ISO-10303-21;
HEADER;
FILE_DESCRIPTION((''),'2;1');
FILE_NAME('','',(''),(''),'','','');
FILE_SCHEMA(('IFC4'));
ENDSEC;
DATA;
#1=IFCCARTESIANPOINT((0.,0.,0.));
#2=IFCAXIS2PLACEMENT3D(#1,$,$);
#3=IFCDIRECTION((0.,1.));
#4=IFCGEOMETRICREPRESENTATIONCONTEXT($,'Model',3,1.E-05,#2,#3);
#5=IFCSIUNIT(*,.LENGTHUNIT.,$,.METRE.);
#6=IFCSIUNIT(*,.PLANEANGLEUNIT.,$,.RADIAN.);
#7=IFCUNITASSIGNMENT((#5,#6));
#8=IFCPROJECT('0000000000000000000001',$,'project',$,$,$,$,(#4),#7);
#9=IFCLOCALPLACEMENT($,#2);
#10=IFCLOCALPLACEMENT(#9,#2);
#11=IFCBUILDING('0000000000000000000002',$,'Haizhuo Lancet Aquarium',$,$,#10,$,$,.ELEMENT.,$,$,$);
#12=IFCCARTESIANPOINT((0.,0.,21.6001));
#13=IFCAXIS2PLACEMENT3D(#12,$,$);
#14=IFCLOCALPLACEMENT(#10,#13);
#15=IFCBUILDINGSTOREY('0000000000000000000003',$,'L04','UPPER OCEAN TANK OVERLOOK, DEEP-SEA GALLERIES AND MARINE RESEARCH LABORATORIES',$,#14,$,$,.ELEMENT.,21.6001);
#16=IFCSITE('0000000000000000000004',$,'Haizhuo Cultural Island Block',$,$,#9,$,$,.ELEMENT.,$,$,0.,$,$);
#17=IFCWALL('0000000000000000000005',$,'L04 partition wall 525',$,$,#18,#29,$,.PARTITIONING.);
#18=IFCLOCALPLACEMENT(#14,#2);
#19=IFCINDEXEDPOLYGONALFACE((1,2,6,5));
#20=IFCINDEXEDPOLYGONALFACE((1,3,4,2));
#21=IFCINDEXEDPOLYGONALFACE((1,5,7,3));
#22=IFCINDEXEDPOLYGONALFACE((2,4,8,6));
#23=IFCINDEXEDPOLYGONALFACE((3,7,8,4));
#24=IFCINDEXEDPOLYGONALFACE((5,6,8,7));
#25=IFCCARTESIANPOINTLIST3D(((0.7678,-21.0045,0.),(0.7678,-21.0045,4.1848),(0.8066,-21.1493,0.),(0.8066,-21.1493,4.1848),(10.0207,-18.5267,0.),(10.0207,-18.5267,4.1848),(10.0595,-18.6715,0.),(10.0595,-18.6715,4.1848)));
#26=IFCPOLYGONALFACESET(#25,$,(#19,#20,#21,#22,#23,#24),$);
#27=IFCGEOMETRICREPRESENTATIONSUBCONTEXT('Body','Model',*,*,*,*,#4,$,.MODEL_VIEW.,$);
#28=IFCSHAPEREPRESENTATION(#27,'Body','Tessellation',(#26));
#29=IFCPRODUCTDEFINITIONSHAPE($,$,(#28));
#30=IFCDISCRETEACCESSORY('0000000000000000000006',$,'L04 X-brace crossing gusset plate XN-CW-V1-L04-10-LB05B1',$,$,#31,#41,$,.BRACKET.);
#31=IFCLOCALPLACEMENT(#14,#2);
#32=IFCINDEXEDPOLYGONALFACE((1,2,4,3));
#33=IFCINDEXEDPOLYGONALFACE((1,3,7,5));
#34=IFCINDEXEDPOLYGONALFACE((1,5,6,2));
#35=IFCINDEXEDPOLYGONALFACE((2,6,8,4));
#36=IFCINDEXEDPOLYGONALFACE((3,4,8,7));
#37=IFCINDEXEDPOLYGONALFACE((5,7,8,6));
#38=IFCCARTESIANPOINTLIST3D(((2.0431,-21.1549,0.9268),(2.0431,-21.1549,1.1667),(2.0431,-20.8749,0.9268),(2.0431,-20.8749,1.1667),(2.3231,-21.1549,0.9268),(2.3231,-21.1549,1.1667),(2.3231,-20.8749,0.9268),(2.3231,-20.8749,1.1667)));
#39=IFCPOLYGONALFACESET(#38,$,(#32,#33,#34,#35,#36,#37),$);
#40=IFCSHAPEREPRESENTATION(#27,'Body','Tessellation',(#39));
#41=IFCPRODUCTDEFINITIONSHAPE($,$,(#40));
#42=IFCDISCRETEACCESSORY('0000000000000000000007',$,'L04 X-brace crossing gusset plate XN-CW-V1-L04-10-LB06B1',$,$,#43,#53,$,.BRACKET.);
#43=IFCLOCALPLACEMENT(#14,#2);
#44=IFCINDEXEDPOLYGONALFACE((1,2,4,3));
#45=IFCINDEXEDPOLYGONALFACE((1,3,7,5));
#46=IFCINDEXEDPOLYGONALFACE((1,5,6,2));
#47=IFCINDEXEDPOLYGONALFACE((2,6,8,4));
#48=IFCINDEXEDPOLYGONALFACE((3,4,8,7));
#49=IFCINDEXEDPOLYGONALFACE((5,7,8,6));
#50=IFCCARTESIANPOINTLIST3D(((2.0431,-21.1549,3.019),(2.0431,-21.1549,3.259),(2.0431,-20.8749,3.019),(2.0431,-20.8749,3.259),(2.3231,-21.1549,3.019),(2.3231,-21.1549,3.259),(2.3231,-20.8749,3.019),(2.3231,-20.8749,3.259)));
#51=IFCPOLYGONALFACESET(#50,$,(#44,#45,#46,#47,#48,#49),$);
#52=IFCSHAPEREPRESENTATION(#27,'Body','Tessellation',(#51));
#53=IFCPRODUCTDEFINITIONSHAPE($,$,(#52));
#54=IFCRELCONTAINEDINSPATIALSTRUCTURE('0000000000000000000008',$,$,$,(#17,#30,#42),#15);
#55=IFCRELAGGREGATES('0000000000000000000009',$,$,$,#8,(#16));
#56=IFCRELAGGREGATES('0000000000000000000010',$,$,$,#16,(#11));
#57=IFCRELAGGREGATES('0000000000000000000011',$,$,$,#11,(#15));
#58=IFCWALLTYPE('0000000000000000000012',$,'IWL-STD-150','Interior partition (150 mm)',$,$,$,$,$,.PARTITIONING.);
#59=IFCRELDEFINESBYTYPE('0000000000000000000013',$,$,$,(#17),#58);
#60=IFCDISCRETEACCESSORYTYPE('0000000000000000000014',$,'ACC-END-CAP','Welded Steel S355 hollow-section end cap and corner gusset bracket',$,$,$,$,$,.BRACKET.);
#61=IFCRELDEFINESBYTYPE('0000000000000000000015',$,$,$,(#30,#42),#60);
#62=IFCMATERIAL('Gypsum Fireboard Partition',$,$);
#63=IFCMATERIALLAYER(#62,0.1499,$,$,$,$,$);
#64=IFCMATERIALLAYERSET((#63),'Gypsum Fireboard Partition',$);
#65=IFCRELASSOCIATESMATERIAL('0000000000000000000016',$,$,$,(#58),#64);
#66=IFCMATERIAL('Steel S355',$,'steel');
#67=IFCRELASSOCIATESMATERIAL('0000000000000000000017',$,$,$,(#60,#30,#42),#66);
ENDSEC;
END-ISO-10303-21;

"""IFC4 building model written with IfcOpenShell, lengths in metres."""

from ifc_helpers import new_model, si_unit, direction, frame, frame_2d, origin, origin_2d, place, context, subcontext, project, spatial, rectangle, extrude, material, layer, layer_set, type_object, element, save


model = new_model("IFC4")

# Units and contexts
model_context = context("Model", 3, precision=1e-05, world=origin(), true_north=direction((0.0, 1.0)))
body_context = subcontext(model_context, "Body", "Model", "MODEL_VIEW")
ifc_project = project(units=[si_unit("LENGTHUNIT", "METRE"), si_unit("PLANEANGLEUNIT", "RADIAN")], contexts=[model_context])

# Site, building, storey
site_placement = place(None, origin())
site = spatial("IfcSite", under=ifc_project, at=site_placement, Name="Haizhuo Cultural Island Block", CompositionType="ELEMENT", RefElevation=0.0)
building_placement = place(site_placement, origin())
building = spatial("IfcBuilding", under=site, at=building_placement, Name="Haizhuo Lancet Aquarium", CompositionType="ELEMENT")
storey_placement = place(building_placement, frame((0.0, 0.0, 21.6001)))
storey = spatial("IfcBuildingStorey", under=building, at=storey_placement, Name="L04", Description="UPPER OCEAN TANK OVERLOOK, DEEP-SEA GALLERIES AND MARINE RESEARCH LABORATORIES", CompositionType="ELEMENT", Elevation=21.6001)

# Shared definitions
ifc_material_1 = material(Name="Steel S355", Category="steel")

# Wall
ifc_material_2 = material(Name="Gypsum Fireboard Partition")
ifc_layer_1 = layer(ifc_material_2, 0.1499)
ifc_layer_set_1 = layer_set([ifc_layer_1], Name="Gypsum Fireboard Partition")
wall_type_1 = type_object("IfcWallType", Name="IWL-STD-150", Description="Interior partition (150 mm)", PredefinedType="PARTITIONING", material=ifc_layer_set_1)
wall_1_placement = place(storey_placement, frame((0.7871, -21.0769, 0.0), z_axis=(0.0, 0.0, 1.0), x_axis=(0.965966, 0.25867, 0.0)))
element("IfcWall", 1, at=wall_1_placement, inside=storey, type_object=wall_type_1, Name="L04 partition wall 525", PredefinedType="PARTITIONING", context=body_context, shape_type="SweptSolid", body=[
    extrude(rectangle(XDim=9.5789, YDim=0.1499, at=frame_2d((4.7896, 0.0))), origin(), (0.0, 0.0, 1.0), 4.1848),
])

# Discrete accessories
discrete_accessory_type = type_object("IfcDiscreteAccessoryType", Name="ACC-END-CAP", Description="Welded Steel S355 hollow-section end cap and corner gusset bracket", PredefinedType="BRACKET", material=ifc_material_1)
for number, where, z_axis, x_axis, name in (
    (2, (2.1831, -21.0149, 0.9268), (0.0, 0.0, 1.0), (1.0, 0.0, 0.0), "L04 X-brace crossing gusset plate XN-CW-V1-L04-10-LB05B1"),
    (3, (2.1831, -21.0149, 3.019), (0.0, 0.0, 1.0), (1.0, 0.0, 0.0), "L04 X-brace crossing gusset plate XN-CW-V1-L04-10-LB06B1"),
):
    element("IfcDiscreteAccessory", number, at=place(storey_placement, frame(where, z_axis=z_axis, x_axis=x_axis)), inside=storey, type_object=discrete_accessory_type, material=ifc_material_1, Name=name, PredefinedType="BRACKET", context=body_context, shape_type="SweptSolid", body=[
        extrude(rectangle(XDim=0.28, YDim=0.28, at=origin_2d()), origin(), (0.0, 0.0, 1.0), 0.24),
    ])

save(model, "model.ifc")
